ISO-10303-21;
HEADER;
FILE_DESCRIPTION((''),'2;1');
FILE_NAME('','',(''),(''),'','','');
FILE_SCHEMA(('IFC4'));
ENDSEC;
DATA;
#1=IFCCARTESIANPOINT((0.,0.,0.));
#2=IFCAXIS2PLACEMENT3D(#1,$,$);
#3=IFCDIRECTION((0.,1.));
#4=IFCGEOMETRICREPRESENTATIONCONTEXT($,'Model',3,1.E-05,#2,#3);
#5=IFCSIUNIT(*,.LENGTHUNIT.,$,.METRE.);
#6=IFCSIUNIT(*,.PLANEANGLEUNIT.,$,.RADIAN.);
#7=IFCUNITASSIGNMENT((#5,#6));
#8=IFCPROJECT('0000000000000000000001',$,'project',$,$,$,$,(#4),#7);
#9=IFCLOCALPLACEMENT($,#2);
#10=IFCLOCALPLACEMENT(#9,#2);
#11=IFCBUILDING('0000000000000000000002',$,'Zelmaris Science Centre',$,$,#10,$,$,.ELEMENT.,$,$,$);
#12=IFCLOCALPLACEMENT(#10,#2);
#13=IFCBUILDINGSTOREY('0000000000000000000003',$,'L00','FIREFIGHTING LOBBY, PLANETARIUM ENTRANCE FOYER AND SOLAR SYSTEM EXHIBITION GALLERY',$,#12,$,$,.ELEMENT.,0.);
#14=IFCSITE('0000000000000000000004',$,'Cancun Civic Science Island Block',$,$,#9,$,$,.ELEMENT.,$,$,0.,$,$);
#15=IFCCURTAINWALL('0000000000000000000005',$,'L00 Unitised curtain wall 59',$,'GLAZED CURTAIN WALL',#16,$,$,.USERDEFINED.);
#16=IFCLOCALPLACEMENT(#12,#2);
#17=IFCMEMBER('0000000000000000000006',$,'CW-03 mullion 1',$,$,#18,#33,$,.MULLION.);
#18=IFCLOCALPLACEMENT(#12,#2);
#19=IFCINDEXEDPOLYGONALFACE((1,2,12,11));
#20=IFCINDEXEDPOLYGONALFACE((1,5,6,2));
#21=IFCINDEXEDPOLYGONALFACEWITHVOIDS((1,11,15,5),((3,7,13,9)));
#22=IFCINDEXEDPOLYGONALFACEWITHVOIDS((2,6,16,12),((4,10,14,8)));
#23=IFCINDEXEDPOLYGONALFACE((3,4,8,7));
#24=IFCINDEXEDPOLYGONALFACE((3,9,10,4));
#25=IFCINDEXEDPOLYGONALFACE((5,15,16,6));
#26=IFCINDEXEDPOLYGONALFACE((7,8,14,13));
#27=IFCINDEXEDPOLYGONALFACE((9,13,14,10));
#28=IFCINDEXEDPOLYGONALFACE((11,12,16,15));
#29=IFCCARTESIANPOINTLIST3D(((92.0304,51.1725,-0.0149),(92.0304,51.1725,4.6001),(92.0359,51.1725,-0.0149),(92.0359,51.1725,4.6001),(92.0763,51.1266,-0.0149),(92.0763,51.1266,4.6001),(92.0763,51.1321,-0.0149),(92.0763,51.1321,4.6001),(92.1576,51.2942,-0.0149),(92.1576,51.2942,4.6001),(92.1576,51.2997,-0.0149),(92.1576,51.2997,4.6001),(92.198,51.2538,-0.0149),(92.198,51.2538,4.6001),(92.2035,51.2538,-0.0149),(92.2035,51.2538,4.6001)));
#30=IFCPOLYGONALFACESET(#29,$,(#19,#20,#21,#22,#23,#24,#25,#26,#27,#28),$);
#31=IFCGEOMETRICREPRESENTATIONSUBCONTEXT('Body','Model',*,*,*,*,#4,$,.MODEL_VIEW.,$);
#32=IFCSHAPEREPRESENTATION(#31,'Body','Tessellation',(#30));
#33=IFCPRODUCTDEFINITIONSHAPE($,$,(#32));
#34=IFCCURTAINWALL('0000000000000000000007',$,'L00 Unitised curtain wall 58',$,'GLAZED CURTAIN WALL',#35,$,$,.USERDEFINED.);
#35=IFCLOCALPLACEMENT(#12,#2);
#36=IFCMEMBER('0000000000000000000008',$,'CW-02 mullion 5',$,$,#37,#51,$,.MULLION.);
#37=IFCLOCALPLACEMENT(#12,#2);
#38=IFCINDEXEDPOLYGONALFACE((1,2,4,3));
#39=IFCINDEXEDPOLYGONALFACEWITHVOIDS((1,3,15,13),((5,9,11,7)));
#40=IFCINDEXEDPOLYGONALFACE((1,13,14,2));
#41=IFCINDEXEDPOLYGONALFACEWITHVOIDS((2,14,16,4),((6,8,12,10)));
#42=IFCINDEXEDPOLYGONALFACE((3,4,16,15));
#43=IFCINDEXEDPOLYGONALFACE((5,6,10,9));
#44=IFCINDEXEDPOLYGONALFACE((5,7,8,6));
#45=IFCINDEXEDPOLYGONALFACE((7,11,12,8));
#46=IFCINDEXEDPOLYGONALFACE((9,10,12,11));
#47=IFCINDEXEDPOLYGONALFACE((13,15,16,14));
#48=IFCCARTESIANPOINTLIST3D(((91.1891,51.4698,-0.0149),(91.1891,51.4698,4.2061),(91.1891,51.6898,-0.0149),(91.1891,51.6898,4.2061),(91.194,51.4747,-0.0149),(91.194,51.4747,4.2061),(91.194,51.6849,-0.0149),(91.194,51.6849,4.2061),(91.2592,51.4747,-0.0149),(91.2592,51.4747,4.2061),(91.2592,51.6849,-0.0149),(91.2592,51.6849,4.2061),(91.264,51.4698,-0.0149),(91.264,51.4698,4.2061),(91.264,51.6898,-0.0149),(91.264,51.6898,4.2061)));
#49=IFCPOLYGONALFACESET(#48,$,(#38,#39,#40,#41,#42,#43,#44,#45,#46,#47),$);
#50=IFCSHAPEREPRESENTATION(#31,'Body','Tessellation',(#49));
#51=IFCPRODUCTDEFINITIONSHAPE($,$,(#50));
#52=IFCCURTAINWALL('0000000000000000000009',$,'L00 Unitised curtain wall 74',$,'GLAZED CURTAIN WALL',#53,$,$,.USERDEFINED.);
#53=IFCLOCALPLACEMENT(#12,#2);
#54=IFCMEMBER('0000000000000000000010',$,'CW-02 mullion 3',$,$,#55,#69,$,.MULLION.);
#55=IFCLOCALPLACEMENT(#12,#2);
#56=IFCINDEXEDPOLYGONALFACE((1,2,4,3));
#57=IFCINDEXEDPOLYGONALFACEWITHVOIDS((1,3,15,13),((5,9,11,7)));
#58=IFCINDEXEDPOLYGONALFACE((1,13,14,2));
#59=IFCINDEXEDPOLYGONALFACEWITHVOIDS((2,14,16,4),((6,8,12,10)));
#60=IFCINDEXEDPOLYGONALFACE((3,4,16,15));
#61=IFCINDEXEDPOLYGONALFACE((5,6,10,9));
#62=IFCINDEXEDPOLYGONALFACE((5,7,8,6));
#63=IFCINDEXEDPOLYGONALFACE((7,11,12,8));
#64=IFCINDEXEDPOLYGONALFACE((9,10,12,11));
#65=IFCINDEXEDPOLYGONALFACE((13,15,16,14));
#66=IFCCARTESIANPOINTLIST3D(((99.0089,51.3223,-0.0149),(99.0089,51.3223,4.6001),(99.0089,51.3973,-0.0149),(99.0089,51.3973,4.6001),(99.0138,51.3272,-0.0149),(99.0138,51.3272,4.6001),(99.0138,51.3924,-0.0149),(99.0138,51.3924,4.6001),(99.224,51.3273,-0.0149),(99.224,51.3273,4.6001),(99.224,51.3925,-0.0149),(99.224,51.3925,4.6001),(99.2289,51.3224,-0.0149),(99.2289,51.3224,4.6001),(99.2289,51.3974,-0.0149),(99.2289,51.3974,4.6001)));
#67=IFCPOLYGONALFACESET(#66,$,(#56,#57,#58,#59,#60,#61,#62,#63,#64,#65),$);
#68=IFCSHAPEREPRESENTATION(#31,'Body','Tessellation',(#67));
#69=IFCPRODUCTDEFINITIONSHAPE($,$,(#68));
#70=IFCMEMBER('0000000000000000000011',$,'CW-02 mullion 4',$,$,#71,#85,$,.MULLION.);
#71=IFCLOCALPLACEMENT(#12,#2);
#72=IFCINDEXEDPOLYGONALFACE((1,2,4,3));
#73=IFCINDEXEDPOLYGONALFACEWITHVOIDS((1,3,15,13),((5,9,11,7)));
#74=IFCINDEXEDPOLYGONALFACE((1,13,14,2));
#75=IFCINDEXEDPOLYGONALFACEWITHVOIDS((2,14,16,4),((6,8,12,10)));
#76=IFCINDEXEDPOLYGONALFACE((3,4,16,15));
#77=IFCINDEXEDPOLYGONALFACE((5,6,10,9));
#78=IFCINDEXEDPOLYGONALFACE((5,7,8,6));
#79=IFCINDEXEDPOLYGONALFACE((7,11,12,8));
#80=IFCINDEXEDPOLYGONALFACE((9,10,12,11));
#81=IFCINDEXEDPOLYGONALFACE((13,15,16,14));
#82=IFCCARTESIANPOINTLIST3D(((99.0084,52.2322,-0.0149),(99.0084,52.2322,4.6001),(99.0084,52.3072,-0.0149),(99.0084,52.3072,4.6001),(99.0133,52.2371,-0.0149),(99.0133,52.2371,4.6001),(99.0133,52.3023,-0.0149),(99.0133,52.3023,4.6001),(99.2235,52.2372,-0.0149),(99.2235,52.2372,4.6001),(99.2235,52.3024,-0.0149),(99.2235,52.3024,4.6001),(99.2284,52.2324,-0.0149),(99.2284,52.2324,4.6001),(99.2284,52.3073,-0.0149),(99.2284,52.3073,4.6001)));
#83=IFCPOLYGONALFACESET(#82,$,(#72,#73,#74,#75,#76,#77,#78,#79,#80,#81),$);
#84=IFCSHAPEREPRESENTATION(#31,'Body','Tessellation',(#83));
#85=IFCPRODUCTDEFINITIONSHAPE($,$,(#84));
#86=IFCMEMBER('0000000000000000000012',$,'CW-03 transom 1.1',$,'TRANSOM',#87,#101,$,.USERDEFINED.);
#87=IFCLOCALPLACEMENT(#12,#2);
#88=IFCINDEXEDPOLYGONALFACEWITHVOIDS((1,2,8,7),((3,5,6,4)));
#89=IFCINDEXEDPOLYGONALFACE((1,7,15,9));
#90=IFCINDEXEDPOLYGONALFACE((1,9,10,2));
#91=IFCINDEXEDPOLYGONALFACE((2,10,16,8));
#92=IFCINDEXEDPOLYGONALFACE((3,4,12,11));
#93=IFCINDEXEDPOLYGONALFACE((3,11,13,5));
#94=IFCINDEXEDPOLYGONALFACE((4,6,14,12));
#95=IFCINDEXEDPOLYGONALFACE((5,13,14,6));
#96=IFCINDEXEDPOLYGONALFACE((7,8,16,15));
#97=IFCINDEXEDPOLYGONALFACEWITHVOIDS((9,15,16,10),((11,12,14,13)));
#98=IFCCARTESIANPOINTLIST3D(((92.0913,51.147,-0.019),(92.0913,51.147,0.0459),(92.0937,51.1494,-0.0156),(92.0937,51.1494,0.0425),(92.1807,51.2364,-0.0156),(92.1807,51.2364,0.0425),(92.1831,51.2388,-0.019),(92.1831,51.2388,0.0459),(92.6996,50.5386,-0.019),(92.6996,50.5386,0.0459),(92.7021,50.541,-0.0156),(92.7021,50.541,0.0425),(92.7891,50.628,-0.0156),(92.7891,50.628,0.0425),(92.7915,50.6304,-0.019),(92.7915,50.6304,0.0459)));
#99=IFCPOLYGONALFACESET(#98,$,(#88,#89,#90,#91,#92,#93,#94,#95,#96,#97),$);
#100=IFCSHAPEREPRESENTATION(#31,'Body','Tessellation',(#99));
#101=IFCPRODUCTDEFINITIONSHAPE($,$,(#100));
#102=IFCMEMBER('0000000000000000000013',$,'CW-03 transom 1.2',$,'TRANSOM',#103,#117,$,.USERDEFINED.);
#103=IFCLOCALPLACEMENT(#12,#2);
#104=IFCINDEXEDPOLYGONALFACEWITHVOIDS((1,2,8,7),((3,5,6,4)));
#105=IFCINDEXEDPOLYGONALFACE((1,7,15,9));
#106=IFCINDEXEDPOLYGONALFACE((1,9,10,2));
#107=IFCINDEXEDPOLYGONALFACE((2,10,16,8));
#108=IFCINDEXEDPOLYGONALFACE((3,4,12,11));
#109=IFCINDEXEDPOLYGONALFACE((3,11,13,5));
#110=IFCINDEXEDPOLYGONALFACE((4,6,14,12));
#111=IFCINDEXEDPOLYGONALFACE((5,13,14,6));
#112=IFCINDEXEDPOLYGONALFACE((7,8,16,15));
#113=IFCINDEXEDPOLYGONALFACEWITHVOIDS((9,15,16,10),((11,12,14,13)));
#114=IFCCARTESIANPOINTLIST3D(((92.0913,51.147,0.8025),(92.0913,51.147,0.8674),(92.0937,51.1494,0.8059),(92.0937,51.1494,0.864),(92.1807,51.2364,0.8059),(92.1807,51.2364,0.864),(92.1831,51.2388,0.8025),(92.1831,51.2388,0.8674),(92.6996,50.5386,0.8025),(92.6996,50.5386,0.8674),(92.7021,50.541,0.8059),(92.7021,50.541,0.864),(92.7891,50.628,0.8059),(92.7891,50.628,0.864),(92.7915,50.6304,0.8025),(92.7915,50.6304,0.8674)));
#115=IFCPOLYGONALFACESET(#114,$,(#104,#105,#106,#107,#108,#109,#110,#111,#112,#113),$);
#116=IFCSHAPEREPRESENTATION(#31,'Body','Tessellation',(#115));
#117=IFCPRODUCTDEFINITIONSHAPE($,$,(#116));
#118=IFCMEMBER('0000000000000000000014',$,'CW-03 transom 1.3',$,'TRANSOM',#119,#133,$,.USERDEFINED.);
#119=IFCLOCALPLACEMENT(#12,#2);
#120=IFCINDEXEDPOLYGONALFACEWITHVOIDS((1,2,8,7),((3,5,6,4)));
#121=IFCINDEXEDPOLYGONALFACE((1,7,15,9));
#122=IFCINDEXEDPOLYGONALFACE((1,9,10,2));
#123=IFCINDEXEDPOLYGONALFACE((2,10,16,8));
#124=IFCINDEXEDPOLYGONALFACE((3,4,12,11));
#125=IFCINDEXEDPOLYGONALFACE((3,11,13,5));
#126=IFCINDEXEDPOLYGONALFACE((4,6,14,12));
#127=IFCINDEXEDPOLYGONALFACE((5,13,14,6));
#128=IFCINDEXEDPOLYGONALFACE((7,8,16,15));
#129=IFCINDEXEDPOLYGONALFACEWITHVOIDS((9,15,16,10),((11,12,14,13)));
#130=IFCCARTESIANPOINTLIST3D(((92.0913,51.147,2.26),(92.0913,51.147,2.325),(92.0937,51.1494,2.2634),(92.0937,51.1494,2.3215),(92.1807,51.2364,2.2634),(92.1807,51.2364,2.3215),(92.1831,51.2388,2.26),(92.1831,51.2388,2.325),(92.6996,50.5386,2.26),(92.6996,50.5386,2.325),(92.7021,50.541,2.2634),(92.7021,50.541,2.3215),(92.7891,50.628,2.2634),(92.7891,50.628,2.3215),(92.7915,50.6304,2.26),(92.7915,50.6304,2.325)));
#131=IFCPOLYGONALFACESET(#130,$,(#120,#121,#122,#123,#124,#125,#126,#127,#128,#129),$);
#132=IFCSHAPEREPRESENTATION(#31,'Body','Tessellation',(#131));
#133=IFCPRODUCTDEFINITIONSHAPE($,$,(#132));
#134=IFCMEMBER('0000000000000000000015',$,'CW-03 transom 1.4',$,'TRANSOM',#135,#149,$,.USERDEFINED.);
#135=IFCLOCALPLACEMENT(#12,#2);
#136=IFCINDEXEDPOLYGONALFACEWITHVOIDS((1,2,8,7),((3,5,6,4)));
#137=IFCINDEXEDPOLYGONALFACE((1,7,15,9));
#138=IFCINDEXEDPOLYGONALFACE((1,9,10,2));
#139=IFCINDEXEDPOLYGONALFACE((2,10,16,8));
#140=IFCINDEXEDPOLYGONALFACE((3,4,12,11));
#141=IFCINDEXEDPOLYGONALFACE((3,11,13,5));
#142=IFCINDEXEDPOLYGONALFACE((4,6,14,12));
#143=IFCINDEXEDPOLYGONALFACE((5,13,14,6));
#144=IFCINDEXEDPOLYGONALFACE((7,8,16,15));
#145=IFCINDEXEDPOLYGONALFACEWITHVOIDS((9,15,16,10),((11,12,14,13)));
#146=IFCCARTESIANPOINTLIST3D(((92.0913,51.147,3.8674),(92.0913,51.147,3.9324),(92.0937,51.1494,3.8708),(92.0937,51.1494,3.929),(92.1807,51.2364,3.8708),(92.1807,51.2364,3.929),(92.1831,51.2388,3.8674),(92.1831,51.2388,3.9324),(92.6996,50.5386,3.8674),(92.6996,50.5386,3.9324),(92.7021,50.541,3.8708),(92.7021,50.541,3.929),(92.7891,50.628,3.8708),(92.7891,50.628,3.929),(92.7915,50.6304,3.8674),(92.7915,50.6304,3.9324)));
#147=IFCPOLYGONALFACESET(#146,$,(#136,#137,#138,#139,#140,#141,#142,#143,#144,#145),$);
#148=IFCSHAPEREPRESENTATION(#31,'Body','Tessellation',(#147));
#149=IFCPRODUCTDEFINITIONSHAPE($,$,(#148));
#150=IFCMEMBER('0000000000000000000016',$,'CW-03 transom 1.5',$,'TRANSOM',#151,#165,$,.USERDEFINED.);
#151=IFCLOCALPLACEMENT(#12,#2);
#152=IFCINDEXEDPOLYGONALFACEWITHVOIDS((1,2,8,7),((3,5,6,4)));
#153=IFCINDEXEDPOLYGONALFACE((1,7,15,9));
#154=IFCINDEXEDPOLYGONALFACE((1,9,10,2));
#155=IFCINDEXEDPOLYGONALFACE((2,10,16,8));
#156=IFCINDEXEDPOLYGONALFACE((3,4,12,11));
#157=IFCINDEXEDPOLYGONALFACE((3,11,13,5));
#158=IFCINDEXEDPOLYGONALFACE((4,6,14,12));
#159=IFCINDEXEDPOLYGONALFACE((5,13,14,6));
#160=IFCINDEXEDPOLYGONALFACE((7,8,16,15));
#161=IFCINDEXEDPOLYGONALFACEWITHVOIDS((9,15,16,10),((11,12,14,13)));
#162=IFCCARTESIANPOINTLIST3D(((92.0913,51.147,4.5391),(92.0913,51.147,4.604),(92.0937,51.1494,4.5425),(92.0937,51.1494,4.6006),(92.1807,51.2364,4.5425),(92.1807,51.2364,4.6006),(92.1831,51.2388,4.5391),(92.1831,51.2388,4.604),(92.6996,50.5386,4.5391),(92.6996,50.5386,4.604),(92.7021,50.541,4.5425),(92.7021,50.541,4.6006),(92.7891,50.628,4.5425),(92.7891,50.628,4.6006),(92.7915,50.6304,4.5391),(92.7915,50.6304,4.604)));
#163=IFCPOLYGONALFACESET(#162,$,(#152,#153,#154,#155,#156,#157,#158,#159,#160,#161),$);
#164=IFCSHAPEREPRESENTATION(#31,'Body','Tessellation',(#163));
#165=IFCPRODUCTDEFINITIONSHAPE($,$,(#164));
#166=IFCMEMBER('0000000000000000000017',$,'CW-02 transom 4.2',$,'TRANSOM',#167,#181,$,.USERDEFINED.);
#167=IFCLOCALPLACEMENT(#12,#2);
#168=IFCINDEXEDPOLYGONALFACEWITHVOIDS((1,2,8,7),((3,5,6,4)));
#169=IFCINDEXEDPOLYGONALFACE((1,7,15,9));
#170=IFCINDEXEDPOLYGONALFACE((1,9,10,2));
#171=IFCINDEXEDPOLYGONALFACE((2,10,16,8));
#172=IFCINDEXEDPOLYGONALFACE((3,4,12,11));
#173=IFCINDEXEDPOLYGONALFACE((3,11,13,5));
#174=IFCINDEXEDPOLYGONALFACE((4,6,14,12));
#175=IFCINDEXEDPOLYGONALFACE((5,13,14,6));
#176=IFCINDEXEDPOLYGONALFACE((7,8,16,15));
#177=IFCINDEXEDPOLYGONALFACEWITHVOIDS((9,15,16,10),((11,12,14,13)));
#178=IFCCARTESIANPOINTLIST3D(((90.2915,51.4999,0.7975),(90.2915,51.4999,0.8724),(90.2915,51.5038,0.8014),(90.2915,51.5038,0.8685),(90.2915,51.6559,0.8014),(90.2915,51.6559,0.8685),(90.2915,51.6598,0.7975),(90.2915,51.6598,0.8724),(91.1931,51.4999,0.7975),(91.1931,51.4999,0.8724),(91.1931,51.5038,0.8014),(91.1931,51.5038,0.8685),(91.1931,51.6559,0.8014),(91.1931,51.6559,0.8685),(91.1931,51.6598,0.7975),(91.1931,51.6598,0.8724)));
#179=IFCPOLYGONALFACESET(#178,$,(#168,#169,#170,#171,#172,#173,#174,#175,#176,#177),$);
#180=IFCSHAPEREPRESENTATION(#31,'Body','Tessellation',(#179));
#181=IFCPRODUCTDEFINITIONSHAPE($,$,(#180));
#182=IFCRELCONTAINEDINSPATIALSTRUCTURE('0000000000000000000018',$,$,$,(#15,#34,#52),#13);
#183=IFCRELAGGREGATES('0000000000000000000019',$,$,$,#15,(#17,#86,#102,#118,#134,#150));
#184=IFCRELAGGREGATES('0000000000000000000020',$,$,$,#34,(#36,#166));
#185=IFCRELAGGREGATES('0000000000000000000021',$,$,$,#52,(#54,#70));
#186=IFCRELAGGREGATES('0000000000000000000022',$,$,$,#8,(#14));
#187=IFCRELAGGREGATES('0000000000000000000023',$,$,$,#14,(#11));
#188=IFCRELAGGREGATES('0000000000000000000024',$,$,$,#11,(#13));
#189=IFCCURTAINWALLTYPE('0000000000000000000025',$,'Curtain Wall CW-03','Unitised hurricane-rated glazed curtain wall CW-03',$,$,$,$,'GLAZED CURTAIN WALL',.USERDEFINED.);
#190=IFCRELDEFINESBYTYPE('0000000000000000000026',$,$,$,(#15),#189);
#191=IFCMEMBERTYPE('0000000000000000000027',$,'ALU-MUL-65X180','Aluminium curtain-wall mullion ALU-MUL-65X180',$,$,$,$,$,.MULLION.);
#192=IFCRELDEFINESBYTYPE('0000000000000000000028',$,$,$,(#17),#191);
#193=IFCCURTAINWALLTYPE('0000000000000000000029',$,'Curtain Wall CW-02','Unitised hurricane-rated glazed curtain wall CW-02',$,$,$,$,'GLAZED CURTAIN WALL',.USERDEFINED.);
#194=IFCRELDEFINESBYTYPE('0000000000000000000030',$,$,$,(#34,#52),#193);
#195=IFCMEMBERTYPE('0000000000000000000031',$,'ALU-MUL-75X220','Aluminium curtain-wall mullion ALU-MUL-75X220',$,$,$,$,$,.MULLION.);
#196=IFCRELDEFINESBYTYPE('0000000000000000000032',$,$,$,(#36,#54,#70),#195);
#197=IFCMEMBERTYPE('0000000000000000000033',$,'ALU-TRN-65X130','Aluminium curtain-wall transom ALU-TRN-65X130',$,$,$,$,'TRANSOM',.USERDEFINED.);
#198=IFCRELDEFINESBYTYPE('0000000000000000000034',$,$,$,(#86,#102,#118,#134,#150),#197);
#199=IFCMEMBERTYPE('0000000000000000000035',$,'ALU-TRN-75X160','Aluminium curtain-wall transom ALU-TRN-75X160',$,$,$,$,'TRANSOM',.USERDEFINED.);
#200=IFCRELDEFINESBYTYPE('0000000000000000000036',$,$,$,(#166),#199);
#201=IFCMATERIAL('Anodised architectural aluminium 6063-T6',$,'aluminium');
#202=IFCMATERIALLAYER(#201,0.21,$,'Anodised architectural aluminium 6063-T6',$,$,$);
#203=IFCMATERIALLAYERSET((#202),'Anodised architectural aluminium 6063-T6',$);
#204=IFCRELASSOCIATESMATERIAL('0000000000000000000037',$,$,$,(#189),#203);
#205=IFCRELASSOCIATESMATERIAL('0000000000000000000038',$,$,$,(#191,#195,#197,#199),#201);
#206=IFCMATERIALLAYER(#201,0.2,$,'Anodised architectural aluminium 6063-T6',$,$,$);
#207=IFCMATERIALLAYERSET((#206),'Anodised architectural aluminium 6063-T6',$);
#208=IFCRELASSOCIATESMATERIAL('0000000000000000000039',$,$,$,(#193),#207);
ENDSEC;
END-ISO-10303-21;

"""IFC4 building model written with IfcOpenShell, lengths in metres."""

from ifc_helpers import new_model, si_unit, direction, frame, origin, origin_2d, place, context, subcontext, project, spatial, hollow_rectangle, extrude, material, layer, layer_set, material_profile, profile_set, type_object, element, aggregate, save


model = new_model("IFC4")

# Units and contexts
model_context = context("Model", 3, precision=1e-05, world=origin(), true_north=direction((0.0, 1.0)))
body_context = subcontext(model_context, "Body", "Model", "MODEL_VIEW")
ifc_project = project(units=[si_unit("LENGTHUNIT", "METRE"), si_unit("PLANEANGLEUNIT", "RADIAN")], contexts=[model_context])

# Site, building, storey
site_placement = place(None, origin())
site = spatial("IfcSite", under=ifc_project, at=site_placement, Name="Cancun Civic Science Island Block", CompositionType="ELEMENT", RefElevation=0.0)
building_placement = place(site_placement, origin())
building = spatial("IfcBuilding", under=site, at=building_placement, Name="Zelmaris Science Centre", CompositionType="ELEMENT")
storey_placement = place(building_placement, origin())
storey = spatial("IfcBuildingStorey", under=building, at=storey_placement, Name="L00", Description="FIREFIGHTING LOBBY, PLANETARIUM ENTRANCE FOYER AND SOLAR SYSTEM EXHIBITION GALLERY", CompositionType="ELEMENT", Elevation=0.0)

# Curtain walls, members
ifc_material_1 = material(Name="Anodised architectural aluminium 6063-T6", Category="aluminium")
ifc_layer_1 = layer(ifc_material_1, 0.21, Name="Anodised architectural aluminium 6063-T6")
ifc_layer_set_1 = layer_set([ifc_layer_1], Name="Anodised architectural aluminium 6063-T6")
curtain_wall_type_1 = type_object("IfcCurtainWallType", Name="Curtain Wall CW-03", Description="Unitised hurricane-rated glazed curtain wall CW-03", ElementType="GLAZED CURTAIN WALL", PredefinedType="USERDEFINED", material=ifc_layer_set_1)
curtain_wall_1_placement = place(storey_placement, origin())
curtain_wall_1 = element("IfcCurtainWall", 1, at=curtain_wall_1_placement, inside=storey, type_object=curtain_wall_type_1, Name="L00 Unitised curtain wall 59", ObjectType="GLAZED CURTAIN WALL", PredefinedType="USERDEFINED")
ifc_material_profile_1 = material_profile(ifc_material_1, hollow_rectangle(XDim=0.0649, YDim=0.1799, WallThickness=0.0039, at=origin_2d()), Name="ALU-MUL-65X180")
ifc_profile_set_1 = profile_set([ifc_material_profile_1], Name="Anodised architectural aluminium 6063-T6")
member_type_1 = type_object("IfcMemberType", Name="ALU-MUL-65X180", Description="Aluminium curtain-wall mullion ALU-MUL-65X180", PredefinedType="MULLION", material=ifc_profile_set_1)
member_1_placement = place(storey_placement, frame((92.1169, 51.2131, -0.0149), z_axis=(0.0, 0.0, 1.0), x_axis=(0.707107, -0.707107, 0.0)))
member_1 = element("IfcMember", 2, at=member_1_placement, type_object=member_type_1, Name="CW-03 mullion 1", PredefinedType="MULLION", context=body_context, shape_type="SweptSolid", body=[
    extrude(hollow_rectangle(XDim=0.0649, YDim=0.1799, WallThickness=0.0039, at=origin_2d()), origin(), (0.0, 0.0, 1.0), 4.615),
])
ifc_layer_2 = layer(ifc_material_1, 0.2, Name="Anodised architectural aluminium 6063-T6")
ifc_layer_set_2 = layer_set([ifc_layer_2], Name="Anodised architectural aluminium 6063-T6")
curtain_wall_type_2 = type_object("IfcCurtainWallType", Name="Curtain Wall CW-02", Description="Unitised hurricane-rated glazed curtain wall CW-02", ElementType="GLAZED CURTAIN WALL", PredefinedType="USERDEFINED", material=ifc_layer_set_2)
curtain_wall_2_placement = place(storey_placement, origin())
curtain_wall_2 = element("IfcCurtainWall", 3, at=curtain_wall_2_placement, inside=storey, type_object=curtain_wall_type_2, Name="L00 Unitised curtain wall 58", ObjectType="GLAZED CURTAIN WALL", PredefinedType="USERDEFINED")
ifc_material_profile_2 = material_profile(ifc_material_1, hollow_rectangle(XDim=0.075, YDim=0.22, WallThickness=0.0049, at=origin_2d()), Name="ALU-MUL-75X220")
ifc_profile_set_2 = profile_set([ifc_material_profile_2], Name="Anodised architectural aluminium 6063-T6")
member_type_2 = type_object("IfcMemberType", Name="ALU-MUL-75X220", Description="Aluminium curtain-wall mullion ALU-MUL-75X220", PredefinedType="MULLION", material=ifc_profile_set_2)
member_2_placement = place(storey_placement, frame((91.2266, 51.5798, -0.0149), z_axis=(0.0, 0.0, 1.0), x_axis=(1.0, -0.000003, 0.0)))
member_2 = element("IfcMember", 4, at=member_2_placement, type_object=member_type_2, Name="CW-02 mullion 5", PredefinedType="MULLION", context=body_context, shape_type="SweptSolid", body=[
    extrude(hollow_rectangle(XDim=0.075, YDim=0.22, WallThickness=0.0049, at=origin_2d()), origin(), (0.0, 0.0, 1.0), 4.2209),
])

# Curtain wall, members
curtain_wall_3_placement = place(storey_placement, origin())
curtain_wall_3 = element("IfcCurtainWall", 5, at=curtain_wall_3_placement, inside=storey, type_object=curtain_wall_type_2, Name="L00 Unitised curtain wall 74", ObjectType="GLAZED CURTAIN WALL", PredefinedType="USERDEFINED")
member_3_placement = place(storey_placement, frame((99.1189, 51.3599, -0.0149), z_axis=(0.0, 0.0, 1.0), x_axis=(-0.000478, 1.0, 0.0)))
member_3 = element("IfcMember", 6, at=member_3_placement, type_object=member_type_2, Name="CW-02 mullion 3", PredefinedType="MULLION", context=body_context, shape_type="SweptSolid", body=[
    extrude(hollow_rectangle(XDim=0.075, YDim=0.22, WallThickness=0.0049, at=origin_2d()), origin(), (0.0, 0.0, 1.0), 4.615),
])
member_4_placement = place(storey_placement, frame((99.1184, 52.2698, -0.0149), z_axis=(0.0, 0.0, 1.0), x_axis=(-0.000478, 1.0, 0.0)))
member_4 = element("IfcMember", 7, at=member_4_placement, type_object=member_type_2, Name="CW-02 mullion 4", PredefinedType="MULLION", context=body_context, shape_type="SweptSolid", body=[
    extrude(hollow_rectangle(XDim=0.075, YDim=0.22, WallThickness=0.0049, at=origin_2d()), origin(), (0.0, 0.0, 1.0), 4.615),
])

# Members
ifc_material_profile_3 = material_profile(ifc_material_1, hollow_rectangle(XDim=0.0649, YDim=0.1299, WallThickness=0.0034, at=origin_2d()), Name="ALU-TRN-65X130")
ifc_profile_set_3 = profile_set([ifc_material_profile_3], Name="Anodised architectural aluminium 6063-T6")
member_type_3 = type_object("IfcMemberType", Name="ALU-TRN-65X130", Description="Aluminium curtain-wall transom ALU-TRN-65X130", ElementType="TRANSOM", PredefinedType="USERDEFINED", material=ifc_profile_set_3)
member_5_placement = place(storey_placement, frame((92.1372, 51.1929, 0.0134), z_axis=(0.707107, -0.707107, 0.0), x_axis=(0.0, 0.0, 1.0)))
member_5 = element("IfcMember", 8, at=member_5_placement, type_object=member_type_3, Name="CW-03 transom 1.1", ObjectType="TRANSOM", PredefinedType="USERDEFINED", context=body_context, shape_type="SweptSolid", body=[
    extrude(hollow_rectangle(XDim=0.0649, YDim=0.1299, WallThickness=0.0034, at=origin_2d()), origin(), (0.0, 0.0, 1.0), 0.8604),
])
member_6_placement = place(storey_placement, frame((92.1372, 51.1929, 0.835), z_axis=(0.707107, -0.707107, 0.0), x_axis=(0.0, 0.0, 1.0)))
member_6 = element("IfcMember", 9, at=member_6_placement, type_object=member_type_3, Name="CW-03 transom 1.2", ObjectType="TRANSOM", PredefinedType="USERDEFINED", context=body_context, shape_type="SweptSolid", body=[
    extrude(hollow_rectangle(XDim=0.0649, YDim=0.1299, WallThickness=0.0034, at=origin_2d()), origin(), (0.0, 0.0, 1.0), 0.8604),
])
member_7_placement = place(storey_placement, frame((92.1372, 51.1929, 2.2925), z_axis=(0.707107, -0.707107, 0.0), x_axis=(0.0, 0.0, 1.0)))
member_7 = element("IfcMember", 10, at=member_7_placement, type_object=member_type_3, Name="CW-03 transom 1.3", ObjectType="TRANSOM", PredefinedType="USERDEFINED", context=body_context, shape_type="SweptSolid", body=[
    extrude(hollow_rectangle(XDim=0.0649, YDim=0.1299, WallThickness=0.0034, at=origin_2d()), origin(), (0.0, 0.0, 1.0), 0.8604),
])
member_8_placement = place(storey_placement, frame((92.1372, 51.1929, 3.8999), z_axis=(0.707107, -0.707107, 0.0), x_axis=(0.0, 0.0, 1.0)))
member_8 = element("IfcMember", 11, at=member_8_placement, type_object=member_type_3, Name="CW-03 transom 1.4", ObjectType="TRANSOM", PredefinedType="USERDEFINED", context=body_context, shape_type="SweptSolid", body=[
    extrude(hollow_rectangle(XDim=0.0649, YDim=0.1299, WallThickness=0.0034, at=origin_2d()), origin(), (0.0, 0.0, 1.0), 0.8604),
])
member_9_placement = place(storey_placement, frame((92.1372, 51.1929, 4.5715), z_axis=(0.707107, -0.707107, 0.0), x_axis=(0.0, 0.0, 1.0)))
member_9 = element("IfcMember", 12, at=member_9_placement, type_object=member_type_3, Name="CW-03 transom 1.5", ObjectType="TRANSOM", PredefinedType="USERDEFINED", context=body_context, shape_type="SweptSolid", body=[
    extrude(hollow_rectangle(XDim=0.0649, YDim=0.1299, WallThickness=0.0034, at=origin_2d()), origin(), (0.0, 0.0, 1.0), 0.8604),
])
aggregate(curtain_wall_1, [member_1, member_5, member_6, member_7, member_8, member_9])
ifc_material_profile_4 = material_profile(ifc_material_1, hollow_rectangle(XDim=0.075, YDim=0.1599, WallThickness=0.0039, at=origin_2d()), Name="ALU-TRN-75X160")
ifc_profile_set_4 = profile_set([ifc_material_profile_4], Name="Anodised architectural aluminium 6063-T6")
member_type_4 = type_object("IfcMemberType", Name="ALU-TRN-75X160", Description="Aluminium curtain-wall transom ALU-TRN-75X160", ElementType="TRANSOM", PredefinedType="USERDEFINED", material=ifc_profile_set_4)
member_10_placement = place(storey_placement, frame((90.2915, 51.5798, 0.835), z_axis=(1.0, 0.0, 0.0), x_axis=(0.0, 0.0, 1.0)))
member_10 = element("IfcMember", 13, at=member_10_placement, type_object=member_type_4, Name="CW-02 transom 4.2", ObjectType="TRANSOM", PredefinedType="USERDEFINED", context=body_context, shape_type="SweptSolid", body=[
    extrude(hollow_rectangle(XDim=0.075, YDim=0.1599, WallThickness=0.0039, at=origin_2d()), origin(), (0.0, 0.0, 1.0), 0.9016),
])

aggregate(curtain_wall_2, [member_2, member_10])
aggregate(curtain_wall_3, [member_3, member_4])

save(model, "model.ifc")
